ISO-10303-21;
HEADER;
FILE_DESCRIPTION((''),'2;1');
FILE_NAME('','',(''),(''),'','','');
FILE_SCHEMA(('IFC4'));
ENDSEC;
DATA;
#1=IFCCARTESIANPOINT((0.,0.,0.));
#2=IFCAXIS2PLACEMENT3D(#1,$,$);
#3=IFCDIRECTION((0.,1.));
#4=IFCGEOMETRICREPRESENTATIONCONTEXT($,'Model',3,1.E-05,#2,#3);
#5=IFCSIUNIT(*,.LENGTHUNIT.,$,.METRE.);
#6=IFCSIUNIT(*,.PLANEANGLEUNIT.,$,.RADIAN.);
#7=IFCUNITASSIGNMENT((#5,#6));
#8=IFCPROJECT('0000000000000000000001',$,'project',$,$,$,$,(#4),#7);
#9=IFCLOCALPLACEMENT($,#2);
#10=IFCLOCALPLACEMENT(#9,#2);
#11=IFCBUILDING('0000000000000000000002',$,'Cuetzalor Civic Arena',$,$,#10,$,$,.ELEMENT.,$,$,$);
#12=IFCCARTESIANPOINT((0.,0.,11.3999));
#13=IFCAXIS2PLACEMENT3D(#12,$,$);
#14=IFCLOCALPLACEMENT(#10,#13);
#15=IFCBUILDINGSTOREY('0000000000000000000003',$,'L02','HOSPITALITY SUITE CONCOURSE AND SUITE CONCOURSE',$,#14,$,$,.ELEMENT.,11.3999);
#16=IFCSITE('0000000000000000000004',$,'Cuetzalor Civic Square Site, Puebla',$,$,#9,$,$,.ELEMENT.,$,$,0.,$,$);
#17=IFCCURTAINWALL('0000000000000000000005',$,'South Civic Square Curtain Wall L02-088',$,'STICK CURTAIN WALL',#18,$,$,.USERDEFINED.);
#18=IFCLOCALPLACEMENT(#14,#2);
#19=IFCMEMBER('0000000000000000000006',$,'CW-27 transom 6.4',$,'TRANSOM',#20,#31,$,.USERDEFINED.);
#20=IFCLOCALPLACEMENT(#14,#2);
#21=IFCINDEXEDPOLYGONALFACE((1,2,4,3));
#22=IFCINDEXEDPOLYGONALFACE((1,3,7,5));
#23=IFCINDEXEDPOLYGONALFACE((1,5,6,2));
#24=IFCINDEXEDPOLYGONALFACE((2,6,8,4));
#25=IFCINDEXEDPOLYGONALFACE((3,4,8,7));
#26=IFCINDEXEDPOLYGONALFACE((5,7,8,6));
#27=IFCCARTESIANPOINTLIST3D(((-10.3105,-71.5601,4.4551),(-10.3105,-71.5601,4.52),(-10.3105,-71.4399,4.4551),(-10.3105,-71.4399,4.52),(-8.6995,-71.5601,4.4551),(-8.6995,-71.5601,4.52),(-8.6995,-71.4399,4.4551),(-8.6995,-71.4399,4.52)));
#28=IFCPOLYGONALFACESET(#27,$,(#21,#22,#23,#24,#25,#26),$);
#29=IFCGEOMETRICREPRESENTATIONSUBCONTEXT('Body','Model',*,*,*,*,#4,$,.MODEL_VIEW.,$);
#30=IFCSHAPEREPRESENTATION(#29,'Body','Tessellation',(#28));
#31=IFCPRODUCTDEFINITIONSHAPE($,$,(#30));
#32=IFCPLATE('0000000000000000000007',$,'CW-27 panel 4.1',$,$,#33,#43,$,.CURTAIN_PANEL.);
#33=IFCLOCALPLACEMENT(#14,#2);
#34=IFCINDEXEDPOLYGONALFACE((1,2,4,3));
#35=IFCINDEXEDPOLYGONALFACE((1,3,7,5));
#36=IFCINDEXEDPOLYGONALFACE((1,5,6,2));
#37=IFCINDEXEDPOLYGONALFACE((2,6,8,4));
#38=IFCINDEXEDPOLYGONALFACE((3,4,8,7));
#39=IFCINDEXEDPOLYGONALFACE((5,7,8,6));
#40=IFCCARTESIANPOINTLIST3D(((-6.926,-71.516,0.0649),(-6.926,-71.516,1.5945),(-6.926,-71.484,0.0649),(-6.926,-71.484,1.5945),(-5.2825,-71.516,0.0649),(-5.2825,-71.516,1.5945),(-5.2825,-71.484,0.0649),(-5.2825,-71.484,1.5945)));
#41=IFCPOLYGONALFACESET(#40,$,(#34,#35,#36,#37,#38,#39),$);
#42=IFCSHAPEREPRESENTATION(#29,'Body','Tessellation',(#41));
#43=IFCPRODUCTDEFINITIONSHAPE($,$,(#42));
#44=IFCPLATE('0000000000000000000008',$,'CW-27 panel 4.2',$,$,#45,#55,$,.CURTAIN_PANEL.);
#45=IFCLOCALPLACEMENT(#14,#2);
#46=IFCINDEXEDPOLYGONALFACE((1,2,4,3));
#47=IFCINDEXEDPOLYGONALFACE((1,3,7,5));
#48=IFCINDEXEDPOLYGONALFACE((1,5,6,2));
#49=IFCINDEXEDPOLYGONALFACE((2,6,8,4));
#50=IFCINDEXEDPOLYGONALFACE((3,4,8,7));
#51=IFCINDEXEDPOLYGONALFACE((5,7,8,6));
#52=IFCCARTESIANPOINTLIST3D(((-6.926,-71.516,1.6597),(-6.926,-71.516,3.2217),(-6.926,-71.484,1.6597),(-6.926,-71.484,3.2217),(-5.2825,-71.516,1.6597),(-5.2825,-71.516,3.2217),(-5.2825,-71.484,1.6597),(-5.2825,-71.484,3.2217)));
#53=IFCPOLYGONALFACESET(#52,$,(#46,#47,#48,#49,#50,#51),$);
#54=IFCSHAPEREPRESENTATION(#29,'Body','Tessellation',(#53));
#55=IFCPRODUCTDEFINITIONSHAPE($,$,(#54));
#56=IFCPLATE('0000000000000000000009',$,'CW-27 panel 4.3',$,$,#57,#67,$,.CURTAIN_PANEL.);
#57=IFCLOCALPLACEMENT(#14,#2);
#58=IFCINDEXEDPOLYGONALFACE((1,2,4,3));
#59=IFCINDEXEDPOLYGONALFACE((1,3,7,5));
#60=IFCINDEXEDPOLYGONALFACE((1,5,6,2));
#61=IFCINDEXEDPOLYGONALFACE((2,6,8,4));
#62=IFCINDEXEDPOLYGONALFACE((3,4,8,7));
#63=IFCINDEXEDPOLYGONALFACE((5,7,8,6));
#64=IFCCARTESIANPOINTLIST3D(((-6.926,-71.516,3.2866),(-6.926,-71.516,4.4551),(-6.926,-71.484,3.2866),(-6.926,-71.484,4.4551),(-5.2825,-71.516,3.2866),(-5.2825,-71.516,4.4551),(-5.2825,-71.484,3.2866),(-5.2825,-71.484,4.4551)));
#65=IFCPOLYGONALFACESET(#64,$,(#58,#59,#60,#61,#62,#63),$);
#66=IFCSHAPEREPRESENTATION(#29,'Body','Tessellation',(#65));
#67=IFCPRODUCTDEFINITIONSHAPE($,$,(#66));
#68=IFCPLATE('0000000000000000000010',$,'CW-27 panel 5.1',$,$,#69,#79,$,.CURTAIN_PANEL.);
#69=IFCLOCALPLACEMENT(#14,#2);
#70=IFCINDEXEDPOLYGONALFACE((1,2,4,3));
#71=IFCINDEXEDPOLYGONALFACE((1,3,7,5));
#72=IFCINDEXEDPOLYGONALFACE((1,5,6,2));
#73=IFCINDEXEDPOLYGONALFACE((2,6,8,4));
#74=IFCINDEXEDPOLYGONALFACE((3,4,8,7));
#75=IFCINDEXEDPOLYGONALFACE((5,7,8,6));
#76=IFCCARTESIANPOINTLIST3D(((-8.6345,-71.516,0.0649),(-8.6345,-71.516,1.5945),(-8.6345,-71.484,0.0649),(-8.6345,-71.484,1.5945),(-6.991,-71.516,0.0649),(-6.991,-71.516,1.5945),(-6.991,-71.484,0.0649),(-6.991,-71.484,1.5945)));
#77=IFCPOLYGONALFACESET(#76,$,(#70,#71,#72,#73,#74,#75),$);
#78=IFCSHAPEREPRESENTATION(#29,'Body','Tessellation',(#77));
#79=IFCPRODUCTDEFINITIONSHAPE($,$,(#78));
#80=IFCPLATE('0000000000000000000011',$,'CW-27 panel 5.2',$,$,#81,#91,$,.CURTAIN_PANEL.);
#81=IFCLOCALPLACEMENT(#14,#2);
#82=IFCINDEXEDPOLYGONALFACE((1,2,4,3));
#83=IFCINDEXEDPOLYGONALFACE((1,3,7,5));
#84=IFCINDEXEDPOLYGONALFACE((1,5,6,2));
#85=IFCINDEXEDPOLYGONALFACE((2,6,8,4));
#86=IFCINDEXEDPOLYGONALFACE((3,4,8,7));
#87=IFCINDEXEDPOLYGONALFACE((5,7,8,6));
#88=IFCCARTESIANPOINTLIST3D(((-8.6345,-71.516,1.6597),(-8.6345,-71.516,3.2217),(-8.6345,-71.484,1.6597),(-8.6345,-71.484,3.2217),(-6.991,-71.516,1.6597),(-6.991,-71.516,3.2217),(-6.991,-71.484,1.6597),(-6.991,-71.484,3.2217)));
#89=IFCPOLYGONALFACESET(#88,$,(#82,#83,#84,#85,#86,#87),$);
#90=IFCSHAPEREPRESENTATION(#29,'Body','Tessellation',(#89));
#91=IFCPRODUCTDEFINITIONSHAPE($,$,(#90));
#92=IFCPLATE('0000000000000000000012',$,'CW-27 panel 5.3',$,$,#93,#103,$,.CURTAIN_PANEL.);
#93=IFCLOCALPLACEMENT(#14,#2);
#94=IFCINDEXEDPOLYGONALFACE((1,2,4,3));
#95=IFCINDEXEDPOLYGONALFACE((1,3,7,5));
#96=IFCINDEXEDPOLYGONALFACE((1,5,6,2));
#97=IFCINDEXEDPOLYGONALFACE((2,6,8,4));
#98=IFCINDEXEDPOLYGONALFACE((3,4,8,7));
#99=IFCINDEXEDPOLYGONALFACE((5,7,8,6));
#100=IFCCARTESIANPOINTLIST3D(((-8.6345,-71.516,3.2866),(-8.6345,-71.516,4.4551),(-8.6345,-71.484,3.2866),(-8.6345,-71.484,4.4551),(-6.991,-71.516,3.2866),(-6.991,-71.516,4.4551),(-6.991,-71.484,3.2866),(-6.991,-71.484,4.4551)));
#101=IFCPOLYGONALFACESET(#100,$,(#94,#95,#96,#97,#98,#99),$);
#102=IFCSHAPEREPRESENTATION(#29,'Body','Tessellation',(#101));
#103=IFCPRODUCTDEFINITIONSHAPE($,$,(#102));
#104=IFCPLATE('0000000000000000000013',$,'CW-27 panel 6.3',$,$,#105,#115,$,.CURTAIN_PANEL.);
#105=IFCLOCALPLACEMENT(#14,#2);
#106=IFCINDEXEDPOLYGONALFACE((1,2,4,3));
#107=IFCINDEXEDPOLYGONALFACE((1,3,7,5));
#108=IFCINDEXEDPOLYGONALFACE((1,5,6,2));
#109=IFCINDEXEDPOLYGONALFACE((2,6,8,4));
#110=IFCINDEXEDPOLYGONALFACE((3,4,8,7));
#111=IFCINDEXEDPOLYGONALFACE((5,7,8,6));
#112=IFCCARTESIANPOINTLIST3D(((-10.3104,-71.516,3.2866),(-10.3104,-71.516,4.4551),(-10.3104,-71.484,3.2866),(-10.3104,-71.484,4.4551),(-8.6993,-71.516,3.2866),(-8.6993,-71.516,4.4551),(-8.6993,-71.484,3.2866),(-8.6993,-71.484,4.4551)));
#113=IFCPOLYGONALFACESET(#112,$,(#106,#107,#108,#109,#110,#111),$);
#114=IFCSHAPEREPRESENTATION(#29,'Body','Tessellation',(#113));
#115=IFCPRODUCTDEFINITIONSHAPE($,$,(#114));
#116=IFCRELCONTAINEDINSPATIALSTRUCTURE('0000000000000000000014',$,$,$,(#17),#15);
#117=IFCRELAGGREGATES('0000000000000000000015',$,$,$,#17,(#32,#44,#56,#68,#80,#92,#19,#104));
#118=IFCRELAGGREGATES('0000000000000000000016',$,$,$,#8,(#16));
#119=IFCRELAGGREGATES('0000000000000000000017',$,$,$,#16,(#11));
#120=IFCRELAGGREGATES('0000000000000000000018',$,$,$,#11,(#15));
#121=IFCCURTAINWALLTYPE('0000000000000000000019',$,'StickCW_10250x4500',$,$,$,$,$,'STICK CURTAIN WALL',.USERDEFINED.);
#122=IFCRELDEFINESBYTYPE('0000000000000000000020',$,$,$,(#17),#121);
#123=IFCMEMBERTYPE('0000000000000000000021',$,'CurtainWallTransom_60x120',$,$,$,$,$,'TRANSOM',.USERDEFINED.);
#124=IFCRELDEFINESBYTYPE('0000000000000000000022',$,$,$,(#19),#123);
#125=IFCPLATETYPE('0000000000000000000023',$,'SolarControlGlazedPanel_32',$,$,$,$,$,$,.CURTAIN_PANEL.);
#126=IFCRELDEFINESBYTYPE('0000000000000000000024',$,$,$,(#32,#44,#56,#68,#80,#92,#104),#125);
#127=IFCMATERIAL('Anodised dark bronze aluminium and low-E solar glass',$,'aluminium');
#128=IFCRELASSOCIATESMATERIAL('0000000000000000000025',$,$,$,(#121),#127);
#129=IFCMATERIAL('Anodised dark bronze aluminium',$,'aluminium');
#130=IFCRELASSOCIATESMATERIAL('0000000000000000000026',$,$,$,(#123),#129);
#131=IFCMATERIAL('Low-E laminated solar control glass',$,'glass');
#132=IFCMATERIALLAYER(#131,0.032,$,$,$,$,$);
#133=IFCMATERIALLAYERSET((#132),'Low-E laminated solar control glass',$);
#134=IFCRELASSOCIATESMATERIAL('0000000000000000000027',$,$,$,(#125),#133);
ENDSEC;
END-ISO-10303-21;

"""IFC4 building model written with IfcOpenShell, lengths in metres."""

from ifc_helpers import new_model, si_unit, direction, frame, origin, origin_2d, place, context, subcontext, project, spatial, rectangle, extrude, material, layer, layer_set, material_profile, profile_set, type_object, element, aggregate, save


model = new_model("IFC4")

# Units and contexts
model_context = context("Model", 3, precision=1e-05, world=origin(), true_north=direction((0.0, 1.0)))
body_context = subcontext(model_context, "Body", "Model", "MODEL_VIEW")
ifc_project = project(units=[si_unit("LENGTHUNIT", "METRE"), si_unit("PLANEANGLEUNIT", "RADIAN")], contexts=[model_context])

# Site, building, storey
site_placement = place(None, origin())
site = spatial("IfcSite", under=ifc_project, at=site_placement, Name="Cuetzalor Civic Square Site, Puebla", CompositionType="ELEMENT", RefElevation=0.0)
building_placement = place(site_placement, origin())
building = spatial("IfcBuilding", under=site, at=building_placement, Name="Cuetzalor Civic Arena", CompositionType="ELEMENT")
storey_placement = place(building_placement, frame((0.0, 0.0, 11.3999)))
storey = spatial("IfcBuildingStorey", under=building, at=storey_placement, Name="L02", Description="HOSPITALITY SUITE CONCOURSE AND SUITE CONCOURSE", CompositionType="ELEMENT", Elevation=11.3999)

# Curtain wall, member, plates
ifc_material_1 = material(Name="Anodised dark bronze aluminium and low-E solar glass", Category="aluminium")
curtain_wall_type = type_object("IfcCurtainWallType", Name="StickCW_10250x4500", ElementType="STICK CURTAIN WALL", PredefinedType="USERDEFINED", material=ifc_material_1)
curtain_wall_placement = place(storey_placement, origin())
curtain_wall = element("IfcCurtainWall", 1, at=curtain_wall_placement, inside=storey, type_object=curtain_wall_type, Name="South Civic Square Curtain Wall L02-088", ObjectType="STICK CURTAIN WALL", PredefinedType="USERDEFINED")
ifc_material_2 = material(Name="Anodised dark bronze aluminium", Category="aluminium")
ifc_material_profile_1 = material_profile(ifc_material_2, rectangle(XDim=0.1201, YDim=0.0649, at=origin_2d()), Name="ALU TRANSOM 65x120")
ifc_profile_set_1 = profile_set([ifc_material_profile_1], Name="Anodised dark bronze aluminium")
member_type_1 = type_object("IfcMemberType", Name="CurtainWallTransom_60x120", ElementType="TRANSOM", PredefinedType="USERDEFINED", material=ifc_profile_set_1)
member_1_placement = place(storey_placement, frame((-8.6995, -71.5, 4.4875), z_axis=(-1.0, 0.0, 0.0), x_axis=(0.0, -1.0, 0.0)))
member_1 = element("IfcMember", 2, at=member_1_placement, type_object=member_type_1, Name="CW-27 transom 6.4", ObjectType="TRANSOM", PredefinedType="USERDEFINED", context=body_context, shape_type="SweptSolid", body=[
    extrude(rectangle(XDim=0.1201, YDim=0.0649, at=origin_2d()), origin(), (0.0, 0.0, 1.0), 1.6111),
])
ifc_material_3 = material(Name="Low-E laminated solar control glass", Category="glass")
ifc_layer = layer(ifc_material_3, 0.032)
ifc_layer_set = layer_set([ifc_layer], Name="Low-E laminated solar control glass")
plate_type = type_object("IfcPlateType", Name="SolarControlGlazedPanel_32", PredefinedType="CURTAIN_PANEL", material=ifc_layer_set)
plate_1_placement = place(storey_placement, frame((-6.1042, -71.5, 0.0649), z_axis=(0.0, 0.0, 1.0), x_axis=(-1.0, 0.0, 0.0)))
plate_1 = element("IfcPlate", 3, at=plate_1_placement, type_object=plate_type, Name="CW-27 panel 4.1", PredefinedType="CURTAIN_PANEL", context=body_context, shape_type="SweptSolid", body=[
    extrude(rectangle(XDim=1.6436, YDim=0.032, at=origin_2d()), origin(), (0.0, 0.0, 1.0), 1.5295),
])
plate_2_placement = place(storey_placement, frame((-6.1042, -71.5, 1.6597), z_axis=(0.0, 0.0, 1.0), x_axis=(-1.0, 0.0, 0.0)))
plate_2 = element("IfcPlate", 4, at=plate_2_placement, type_object=plate_type, Name="CW-27 panel 4.2", PredefinedType="CURTAIN_PANEL", context=body_context, shape_type="SweptSolid", body=[
    extrude(rectangle(XDim=1.6436, YDim=0.032, at=origin_2d()), origin(), (0.0, 0.0, 1.0), 1.562),
])
plate_3_placement = place(storey_placement, frame((-6.1042, -71.5, 3.2866), z_axis=(0.0, 0.0, 1.0), x_axis=(-1.0, 0.0, 0.0)))
plate_3 = element("IfcPlate", 5, at=plate_3_placement, type_object=plate_type, Name="CW-27 panel 4.3", PredefinedType="CURTAIN_PANEL", context=body_context, shape_type="SweptSolid", body=[
    extrude(rectangle(XDim=1.6436, YDim=0.032, at=origin_2d()), origin(), (0.0, 0.0, 1.0), 1.1685),
])
plate_4_placement = place(storey_placement, frame((-7.8127, -71.5, 0.0649), z_axis=(0.0, 0.0, 1.0), x_axis=(-1.0, 0.0, 0.0)))
plate_4 = element("IfcPlate", 6, at=plate_4_placement, type_object=plate_type, Name="CW-27 panel 5.1", PredefinedType="CURTAIN_PANEL", context=body_context, shape_type="SweptSolid", body=[
    extrude(rectangle(XDim=1.6436, YDim=0.032, at=origin_2d()), origin(), (0.0, 0.0, 1.0), 1.5295),
])
plate_5_placement = place(storey_placement, frame((-7.8127, -71.5, 1.6597), z_axis=(0.0, 0.0, 1.0), x_axis=(-1.0, 0.0, 0.0)))
plate_5 = element("IfcPlate", 7, at=plate_5_placement, type_object=plate_type, Name="CW-27 panel 5.2", PredefinedType="CURTAIN_PANEL", context=body_context, shape_type="SweptSolid", body=[
    extrude(rectangle(XDim=1.6436, YDim=0.032, at=origin_2d()), origin(), (0.0, 0.0, 1.0), 1.562),
])
plate_6_placement = place(storey_placement, frame((-7.8127, -71.5, 3.2866), z_axis=(0.0, 0.0, 1.0), x_axis=(-1.0, 0.0, 0.0)))
plate_6 = element("IfcPlate", 8, at=plate_6_placement, type_object=plate_type, Name="CW-27 panel 5.3", PredefinedType="CURTAIN_PANEL", context=body_context, shape_type="SweptSolid", body=[
    extrude(rectangle(XDim=1.6436, YDim=0.032, at=origin_2d()), origin(), (0.0, 0.0, 1.0), 1.1685),
])
plate_7_placement = place(storey_placement, frame((-9.5049, -71.5, 3.2866), z_axis=(0.0, 0.0, 1.0), x_axis=(-1.0, 0.0, 0.0)))
plate_7 = element("IfcPlate", 9, at=plate_7_placement, type_object=plate_type, Name="CW-27 panel 6.3", PredefinedType="CURTAIN_PANEL", context=body_context, shape_type="SweptSolid", body=[
    extrude(rectangle(XDim=1.6111, YDim=0.032, at=origin_2d()), origin(), (0.0, 0.0, 1.0), 1.1685),
])
aggregate(curtain_wall, [plate_1, plate_2, plate_3, plate_4, plate_5, plate_6, member_1, plate_7])

save(model, "model.ifc")
